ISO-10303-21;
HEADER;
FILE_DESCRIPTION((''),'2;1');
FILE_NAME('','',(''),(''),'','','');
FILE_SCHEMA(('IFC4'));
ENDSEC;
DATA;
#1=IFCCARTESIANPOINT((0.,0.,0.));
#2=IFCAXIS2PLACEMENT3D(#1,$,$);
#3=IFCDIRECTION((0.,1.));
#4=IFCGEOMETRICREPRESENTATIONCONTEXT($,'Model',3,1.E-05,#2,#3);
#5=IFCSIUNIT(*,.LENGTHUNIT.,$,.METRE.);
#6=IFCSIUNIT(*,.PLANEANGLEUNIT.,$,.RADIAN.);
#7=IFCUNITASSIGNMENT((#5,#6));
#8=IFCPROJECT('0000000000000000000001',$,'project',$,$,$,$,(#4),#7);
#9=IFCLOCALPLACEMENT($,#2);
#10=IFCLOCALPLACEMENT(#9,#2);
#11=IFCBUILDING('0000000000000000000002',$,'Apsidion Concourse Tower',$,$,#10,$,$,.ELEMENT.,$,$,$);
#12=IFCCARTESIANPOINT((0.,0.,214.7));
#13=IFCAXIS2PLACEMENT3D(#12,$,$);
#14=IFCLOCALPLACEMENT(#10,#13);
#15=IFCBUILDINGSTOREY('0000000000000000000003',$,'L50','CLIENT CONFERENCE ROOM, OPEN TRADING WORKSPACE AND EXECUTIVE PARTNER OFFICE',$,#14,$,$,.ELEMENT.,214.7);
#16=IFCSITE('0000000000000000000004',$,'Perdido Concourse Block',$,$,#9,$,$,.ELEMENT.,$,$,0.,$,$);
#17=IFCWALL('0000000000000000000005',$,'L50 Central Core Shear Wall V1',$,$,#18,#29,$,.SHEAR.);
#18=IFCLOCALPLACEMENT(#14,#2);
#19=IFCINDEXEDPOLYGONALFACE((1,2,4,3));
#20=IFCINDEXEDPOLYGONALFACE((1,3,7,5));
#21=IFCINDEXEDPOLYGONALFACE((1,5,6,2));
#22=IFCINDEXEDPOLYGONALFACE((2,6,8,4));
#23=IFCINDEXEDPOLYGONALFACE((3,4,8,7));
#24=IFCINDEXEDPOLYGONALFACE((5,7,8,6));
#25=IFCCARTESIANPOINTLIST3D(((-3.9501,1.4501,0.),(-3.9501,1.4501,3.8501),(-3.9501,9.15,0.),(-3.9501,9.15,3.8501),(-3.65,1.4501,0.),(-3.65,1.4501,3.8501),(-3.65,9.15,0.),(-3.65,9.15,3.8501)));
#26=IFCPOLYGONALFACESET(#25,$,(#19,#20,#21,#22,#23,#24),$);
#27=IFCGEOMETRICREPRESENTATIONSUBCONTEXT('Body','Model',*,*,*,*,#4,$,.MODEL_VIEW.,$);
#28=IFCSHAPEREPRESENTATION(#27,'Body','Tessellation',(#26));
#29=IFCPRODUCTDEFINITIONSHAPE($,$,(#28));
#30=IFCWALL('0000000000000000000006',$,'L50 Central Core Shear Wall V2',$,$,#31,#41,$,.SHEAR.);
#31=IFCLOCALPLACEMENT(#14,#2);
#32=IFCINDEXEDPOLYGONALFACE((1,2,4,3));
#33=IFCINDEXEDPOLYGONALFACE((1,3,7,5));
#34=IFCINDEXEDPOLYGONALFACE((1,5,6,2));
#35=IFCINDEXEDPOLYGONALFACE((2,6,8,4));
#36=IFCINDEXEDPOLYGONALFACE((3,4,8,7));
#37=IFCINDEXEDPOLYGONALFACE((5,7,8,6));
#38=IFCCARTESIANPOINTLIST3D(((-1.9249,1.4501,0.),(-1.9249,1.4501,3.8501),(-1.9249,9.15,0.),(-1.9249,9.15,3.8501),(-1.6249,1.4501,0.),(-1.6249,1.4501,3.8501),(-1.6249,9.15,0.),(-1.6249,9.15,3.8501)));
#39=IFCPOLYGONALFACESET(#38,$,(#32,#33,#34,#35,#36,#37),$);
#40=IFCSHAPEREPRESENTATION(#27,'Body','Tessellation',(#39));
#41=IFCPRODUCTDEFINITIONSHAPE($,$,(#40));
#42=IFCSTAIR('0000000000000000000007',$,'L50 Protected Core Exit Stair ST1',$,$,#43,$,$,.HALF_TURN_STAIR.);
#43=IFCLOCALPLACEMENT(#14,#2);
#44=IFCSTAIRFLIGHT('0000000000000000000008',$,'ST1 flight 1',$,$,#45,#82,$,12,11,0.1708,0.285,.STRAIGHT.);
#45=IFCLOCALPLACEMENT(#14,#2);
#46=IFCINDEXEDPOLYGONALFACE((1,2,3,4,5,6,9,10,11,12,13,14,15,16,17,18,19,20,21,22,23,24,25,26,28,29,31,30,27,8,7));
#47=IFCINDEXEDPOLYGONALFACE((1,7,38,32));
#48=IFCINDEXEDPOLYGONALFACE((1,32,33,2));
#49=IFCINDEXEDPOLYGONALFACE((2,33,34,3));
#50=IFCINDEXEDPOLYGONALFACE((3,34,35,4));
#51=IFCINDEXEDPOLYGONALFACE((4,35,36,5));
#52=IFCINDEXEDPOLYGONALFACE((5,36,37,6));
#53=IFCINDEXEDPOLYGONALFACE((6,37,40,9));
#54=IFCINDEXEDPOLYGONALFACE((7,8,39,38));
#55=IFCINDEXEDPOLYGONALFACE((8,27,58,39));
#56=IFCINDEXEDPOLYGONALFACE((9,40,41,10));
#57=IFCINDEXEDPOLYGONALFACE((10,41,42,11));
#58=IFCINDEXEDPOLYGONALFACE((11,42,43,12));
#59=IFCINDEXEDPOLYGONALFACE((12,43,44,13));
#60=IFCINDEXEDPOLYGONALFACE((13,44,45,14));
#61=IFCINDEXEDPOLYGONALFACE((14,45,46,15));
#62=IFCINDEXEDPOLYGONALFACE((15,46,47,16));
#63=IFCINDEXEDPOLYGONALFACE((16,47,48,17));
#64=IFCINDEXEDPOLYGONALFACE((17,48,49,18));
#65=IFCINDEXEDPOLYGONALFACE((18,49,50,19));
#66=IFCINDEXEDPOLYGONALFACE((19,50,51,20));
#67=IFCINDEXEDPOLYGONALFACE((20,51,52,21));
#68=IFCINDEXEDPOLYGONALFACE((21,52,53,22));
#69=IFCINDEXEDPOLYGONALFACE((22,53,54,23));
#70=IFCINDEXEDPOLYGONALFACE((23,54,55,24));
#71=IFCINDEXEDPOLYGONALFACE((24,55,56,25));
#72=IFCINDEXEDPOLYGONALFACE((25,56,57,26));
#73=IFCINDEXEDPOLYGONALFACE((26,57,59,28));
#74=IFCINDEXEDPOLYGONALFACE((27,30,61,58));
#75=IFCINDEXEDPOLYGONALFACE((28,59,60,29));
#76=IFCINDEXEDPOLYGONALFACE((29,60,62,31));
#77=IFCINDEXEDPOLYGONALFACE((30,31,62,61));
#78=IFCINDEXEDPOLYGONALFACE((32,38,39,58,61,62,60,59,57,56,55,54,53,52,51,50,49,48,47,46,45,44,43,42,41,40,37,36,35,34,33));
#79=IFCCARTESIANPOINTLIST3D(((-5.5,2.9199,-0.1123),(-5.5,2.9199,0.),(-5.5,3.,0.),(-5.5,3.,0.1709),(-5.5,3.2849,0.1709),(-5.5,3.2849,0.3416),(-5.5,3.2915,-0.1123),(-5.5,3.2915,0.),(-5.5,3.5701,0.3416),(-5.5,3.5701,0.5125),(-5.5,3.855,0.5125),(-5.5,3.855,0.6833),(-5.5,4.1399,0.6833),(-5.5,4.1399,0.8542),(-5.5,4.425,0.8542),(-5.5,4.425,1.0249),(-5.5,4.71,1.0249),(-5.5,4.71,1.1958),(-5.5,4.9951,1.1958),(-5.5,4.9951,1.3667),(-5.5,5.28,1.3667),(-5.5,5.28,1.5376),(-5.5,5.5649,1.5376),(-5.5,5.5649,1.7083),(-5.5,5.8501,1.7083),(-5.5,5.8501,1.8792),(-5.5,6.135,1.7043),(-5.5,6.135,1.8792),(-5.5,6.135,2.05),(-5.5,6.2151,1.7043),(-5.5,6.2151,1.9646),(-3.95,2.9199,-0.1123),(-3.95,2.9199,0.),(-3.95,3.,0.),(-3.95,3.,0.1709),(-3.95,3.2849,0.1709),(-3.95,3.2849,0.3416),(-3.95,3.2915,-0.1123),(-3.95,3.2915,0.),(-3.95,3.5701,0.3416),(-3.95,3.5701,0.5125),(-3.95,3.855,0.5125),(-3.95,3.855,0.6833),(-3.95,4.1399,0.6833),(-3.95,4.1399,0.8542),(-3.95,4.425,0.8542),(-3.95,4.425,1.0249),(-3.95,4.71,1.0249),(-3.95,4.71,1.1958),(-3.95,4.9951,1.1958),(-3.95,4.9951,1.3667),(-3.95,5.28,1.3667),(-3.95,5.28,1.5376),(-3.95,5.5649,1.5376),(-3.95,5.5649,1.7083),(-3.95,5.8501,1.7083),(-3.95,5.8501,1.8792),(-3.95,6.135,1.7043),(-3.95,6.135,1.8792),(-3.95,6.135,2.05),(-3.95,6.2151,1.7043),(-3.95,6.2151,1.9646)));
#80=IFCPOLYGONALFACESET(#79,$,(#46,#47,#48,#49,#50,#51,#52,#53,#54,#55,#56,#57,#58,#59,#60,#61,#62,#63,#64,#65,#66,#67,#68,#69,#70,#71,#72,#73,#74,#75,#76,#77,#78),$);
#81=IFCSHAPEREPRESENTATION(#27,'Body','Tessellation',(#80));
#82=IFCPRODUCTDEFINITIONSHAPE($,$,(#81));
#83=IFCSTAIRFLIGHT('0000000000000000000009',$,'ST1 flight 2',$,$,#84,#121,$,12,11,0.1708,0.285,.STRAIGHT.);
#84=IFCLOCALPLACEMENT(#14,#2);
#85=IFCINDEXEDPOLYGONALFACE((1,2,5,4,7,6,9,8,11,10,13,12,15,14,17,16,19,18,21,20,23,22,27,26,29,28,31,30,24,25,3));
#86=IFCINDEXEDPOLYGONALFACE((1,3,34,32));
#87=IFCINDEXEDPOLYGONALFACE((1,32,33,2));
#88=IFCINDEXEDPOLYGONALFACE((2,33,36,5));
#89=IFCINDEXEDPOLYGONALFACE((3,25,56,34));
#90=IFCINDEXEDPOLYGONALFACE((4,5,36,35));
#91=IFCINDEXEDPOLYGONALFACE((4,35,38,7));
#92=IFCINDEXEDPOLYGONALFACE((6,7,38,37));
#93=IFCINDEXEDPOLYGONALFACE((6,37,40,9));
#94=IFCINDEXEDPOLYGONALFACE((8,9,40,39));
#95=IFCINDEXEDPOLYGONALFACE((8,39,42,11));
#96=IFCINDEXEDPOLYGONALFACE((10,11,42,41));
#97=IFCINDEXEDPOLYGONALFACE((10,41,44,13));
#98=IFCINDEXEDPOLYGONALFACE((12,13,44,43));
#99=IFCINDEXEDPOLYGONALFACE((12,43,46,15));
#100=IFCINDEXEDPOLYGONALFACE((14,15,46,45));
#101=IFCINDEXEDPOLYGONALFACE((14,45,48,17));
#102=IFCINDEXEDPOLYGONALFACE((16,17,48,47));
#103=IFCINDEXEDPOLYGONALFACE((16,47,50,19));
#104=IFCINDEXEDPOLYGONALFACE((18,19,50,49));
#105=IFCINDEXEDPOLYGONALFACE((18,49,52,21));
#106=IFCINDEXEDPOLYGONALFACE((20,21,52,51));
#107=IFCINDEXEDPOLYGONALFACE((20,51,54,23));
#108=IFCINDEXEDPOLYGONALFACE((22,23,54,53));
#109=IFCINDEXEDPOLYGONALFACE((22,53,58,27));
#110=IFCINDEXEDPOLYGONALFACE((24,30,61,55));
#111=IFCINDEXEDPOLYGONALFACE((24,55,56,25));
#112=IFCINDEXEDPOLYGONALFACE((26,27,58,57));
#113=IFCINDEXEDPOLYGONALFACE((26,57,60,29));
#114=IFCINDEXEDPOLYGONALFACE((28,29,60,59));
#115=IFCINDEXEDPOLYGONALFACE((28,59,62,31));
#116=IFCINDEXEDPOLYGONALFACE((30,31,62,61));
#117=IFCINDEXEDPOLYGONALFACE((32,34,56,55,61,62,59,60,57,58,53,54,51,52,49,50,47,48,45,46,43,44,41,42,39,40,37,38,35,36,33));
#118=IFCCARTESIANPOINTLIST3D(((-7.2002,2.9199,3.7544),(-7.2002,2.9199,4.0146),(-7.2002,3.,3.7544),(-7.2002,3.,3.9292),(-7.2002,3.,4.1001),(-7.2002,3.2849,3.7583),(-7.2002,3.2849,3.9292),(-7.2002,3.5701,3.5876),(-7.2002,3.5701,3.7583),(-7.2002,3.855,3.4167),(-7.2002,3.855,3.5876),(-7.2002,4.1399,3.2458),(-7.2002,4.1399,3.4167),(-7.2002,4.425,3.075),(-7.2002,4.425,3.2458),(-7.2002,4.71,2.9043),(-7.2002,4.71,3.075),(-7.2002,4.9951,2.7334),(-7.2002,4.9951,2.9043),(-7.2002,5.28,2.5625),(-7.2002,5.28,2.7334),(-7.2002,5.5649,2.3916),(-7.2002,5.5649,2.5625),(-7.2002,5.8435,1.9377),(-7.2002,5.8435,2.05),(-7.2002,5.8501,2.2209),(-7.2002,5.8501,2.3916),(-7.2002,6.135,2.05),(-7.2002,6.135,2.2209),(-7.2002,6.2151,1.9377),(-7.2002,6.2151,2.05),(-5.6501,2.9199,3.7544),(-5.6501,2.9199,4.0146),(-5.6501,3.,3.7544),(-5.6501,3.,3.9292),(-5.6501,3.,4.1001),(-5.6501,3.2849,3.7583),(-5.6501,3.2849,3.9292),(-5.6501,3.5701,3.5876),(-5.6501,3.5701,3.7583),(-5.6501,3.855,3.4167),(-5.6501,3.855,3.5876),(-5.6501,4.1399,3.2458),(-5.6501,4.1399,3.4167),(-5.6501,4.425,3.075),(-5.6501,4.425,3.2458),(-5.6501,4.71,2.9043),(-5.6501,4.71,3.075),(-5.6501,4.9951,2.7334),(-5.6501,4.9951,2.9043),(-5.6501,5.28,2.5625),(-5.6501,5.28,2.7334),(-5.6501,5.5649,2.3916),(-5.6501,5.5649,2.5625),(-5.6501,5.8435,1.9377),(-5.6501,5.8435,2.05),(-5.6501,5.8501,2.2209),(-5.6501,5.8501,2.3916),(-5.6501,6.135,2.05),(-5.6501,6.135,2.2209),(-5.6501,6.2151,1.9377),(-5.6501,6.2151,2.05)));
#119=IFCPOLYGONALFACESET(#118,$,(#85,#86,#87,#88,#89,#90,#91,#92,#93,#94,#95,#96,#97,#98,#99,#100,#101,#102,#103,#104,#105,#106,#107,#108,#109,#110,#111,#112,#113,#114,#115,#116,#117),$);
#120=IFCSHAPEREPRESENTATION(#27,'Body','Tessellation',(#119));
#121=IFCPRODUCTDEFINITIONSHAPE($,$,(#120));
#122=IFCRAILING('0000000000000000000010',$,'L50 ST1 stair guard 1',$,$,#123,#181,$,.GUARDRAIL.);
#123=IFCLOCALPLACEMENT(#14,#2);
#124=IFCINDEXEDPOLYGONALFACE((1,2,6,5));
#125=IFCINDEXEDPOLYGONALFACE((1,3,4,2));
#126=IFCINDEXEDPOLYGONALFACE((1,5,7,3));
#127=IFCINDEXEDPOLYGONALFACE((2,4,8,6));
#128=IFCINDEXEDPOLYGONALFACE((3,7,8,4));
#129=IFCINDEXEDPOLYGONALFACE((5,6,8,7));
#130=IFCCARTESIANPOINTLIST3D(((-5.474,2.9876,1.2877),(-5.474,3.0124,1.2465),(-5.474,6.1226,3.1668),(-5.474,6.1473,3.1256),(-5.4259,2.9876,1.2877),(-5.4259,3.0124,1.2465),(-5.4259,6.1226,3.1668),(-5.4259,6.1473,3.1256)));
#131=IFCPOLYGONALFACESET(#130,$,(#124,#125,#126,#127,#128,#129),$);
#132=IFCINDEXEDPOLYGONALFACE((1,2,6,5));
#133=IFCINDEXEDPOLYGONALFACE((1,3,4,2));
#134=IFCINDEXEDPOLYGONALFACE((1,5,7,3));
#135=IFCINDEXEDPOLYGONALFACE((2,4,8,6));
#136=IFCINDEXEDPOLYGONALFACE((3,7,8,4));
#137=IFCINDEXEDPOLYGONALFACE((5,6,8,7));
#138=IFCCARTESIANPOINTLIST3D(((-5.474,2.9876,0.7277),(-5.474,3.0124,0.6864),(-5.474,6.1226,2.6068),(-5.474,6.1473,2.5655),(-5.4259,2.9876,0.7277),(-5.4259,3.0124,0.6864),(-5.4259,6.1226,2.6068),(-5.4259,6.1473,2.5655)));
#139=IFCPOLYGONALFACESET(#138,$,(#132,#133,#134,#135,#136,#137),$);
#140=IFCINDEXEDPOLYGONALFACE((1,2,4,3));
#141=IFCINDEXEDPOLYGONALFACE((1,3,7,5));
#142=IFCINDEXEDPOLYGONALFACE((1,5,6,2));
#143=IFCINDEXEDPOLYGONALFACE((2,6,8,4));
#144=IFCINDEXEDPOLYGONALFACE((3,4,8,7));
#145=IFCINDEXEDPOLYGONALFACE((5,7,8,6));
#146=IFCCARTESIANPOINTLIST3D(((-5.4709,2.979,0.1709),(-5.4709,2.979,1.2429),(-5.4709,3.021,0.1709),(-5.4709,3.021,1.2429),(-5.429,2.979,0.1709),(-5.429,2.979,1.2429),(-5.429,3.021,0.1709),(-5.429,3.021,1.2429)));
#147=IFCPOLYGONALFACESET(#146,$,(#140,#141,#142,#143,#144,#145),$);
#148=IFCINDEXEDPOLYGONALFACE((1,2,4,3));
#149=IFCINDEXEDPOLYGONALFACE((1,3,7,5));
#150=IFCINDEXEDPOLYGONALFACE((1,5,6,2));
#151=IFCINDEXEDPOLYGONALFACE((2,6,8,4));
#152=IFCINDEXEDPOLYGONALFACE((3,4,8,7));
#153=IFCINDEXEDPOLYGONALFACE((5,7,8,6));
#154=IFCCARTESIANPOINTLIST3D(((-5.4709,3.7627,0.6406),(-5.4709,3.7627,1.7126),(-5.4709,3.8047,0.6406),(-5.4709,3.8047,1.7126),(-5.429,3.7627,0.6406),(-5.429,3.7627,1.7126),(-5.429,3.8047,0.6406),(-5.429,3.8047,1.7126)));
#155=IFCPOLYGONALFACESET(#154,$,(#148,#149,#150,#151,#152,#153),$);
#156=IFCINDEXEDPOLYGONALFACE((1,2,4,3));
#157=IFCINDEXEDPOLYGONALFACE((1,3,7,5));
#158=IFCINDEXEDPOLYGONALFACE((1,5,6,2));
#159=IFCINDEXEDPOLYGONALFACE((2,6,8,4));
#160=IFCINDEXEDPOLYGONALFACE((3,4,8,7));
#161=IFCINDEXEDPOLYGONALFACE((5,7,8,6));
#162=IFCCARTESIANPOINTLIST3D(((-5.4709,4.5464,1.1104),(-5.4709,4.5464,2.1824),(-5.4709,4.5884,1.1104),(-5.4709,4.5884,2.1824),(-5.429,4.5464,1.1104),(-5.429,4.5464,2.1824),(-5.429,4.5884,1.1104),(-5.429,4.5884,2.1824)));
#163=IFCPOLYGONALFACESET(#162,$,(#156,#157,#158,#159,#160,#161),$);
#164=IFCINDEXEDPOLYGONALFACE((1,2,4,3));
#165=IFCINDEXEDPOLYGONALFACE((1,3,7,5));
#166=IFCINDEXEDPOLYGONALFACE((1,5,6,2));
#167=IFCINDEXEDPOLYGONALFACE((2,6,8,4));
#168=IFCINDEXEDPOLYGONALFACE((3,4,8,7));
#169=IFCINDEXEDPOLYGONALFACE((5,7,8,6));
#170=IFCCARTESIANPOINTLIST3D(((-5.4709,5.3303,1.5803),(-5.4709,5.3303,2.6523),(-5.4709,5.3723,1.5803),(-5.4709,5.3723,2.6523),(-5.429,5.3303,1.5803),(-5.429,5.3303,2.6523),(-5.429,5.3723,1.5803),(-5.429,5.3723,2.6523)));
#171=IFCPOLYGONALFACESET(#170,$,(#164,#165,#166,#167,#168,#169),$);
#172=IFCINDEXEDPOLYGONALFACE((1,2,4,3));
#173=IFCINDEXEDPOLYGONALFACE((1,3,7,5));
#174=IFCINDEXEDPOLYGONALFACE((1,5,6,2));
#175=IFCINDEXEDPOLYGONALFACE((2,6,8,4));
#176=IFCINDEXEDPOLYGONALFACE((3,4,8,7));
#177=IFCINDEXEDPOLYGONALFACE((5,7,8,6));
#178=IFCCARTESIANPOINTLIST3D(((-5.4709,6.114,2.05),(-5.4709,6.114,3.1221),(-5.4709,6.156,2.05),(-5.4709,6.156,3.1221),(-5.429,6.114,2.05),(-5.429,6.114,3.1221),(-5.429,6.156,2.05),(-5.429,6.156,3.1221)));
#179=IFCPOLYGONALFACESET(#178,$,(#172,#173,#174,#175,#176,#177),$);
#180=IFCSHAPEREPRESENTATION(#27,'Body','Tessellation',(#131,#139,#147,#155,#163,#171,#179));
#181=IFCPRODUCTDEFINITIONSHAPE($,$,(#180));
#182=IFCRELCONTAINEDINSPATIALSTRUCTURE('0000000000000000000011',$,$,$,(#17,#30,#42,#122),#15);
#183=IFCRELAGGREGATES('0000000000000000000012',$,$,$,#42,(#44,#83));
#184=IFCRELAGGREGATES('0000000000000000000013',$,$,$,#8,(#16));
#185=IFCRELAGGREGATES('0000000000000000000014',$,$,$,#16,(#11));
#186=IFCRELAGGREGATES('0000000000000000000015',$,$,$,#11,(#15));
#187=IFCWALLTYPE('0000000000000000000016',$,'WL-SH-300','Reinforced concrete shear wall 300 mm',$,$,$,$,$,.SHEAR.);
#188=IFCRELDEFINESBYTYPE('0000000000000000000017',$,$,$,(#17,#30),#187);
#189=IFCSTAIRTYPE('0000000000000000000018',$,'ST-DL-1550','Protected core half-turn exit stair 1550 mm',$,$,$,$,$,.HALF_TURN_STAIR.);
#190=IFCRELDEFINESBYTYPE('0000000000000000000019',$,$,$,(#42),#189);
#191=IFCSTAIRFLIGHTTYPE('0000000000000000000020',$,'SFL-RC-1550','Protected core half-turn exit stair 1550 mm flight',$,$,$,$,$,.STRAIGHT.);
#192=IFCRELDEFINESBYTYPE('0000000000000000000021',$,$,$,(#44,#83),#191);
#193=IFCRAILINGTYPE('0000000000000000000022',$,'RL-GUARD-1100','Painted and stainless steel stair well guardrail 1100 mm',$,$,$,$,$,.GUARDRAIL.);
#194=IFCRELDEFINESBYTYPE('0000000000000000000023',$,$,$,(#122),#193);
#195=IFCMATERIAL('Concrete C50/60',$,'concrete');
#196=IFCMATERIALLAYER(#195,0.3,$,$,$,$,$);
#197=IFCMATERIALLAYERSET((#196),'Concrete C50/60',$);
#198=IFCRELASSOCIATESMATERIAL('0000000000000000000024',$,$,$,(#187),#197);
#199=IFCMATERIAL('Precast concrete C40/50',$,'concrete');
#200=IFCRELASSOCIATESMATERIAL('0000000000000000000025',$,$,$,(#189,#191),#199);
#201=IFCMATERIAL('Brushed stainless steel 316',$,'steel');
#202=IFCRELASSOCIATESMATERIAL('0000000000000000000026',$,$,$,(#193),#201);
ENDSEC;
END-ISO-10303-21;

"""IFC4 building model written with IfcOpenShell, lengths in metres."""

from ifc_helpers import new_model, si_unit, direction, frame, frame_2d, origin, origin_2d, place, context, subcontext, project, spatial, polyline, rectangle, outline, extrude, material, layer, layer_set, type_object, element, aggregate, save


model = new_model("IFC4")

# Units and contexts
model_context = context("Model", 3, precision=1e-05, world=origin(), true_north=direction((0.0, 1.0)))
body_context = subcontext(model_context, "Body", "Model", "MODEL_VIEW")
ifc_project = project(units=[si_unit("LENGTHUNIT", "METRE"), si_unit("PLANEANGLEUNIT", "RADIAN")], contexts=[model_context])

# Site, building, storey
site_placement = place(None, origin())
site = spatial("IfcSite", under=ifc_project, at=site_placement, Name="Perdido Concourse Block", CompositionType="ELEMENT", RefElevation=0.0)
building_placement = place(site_placement, origin())
building = spatial("IfcBuilding", under=site, at=building_placement, Name="Apsidion Concourse Tower", CompositionType="ELEMENT")
storey_placement = place(building_placement, frame((0.0, 0.0, 214.7)))
storey = spatial("IfcBuildingStorey", under=building, at=storey_placement, Name="L50", Description="CLIENT CONFERENCE ROOM, OPEN TRADING WORKSPACE AND EXECUTIVE PARTNER OFFICE", CompositionType="ELEMENT", Elevation=214.7)

# Shared definitions
ifc_material_1 = material(Name="Concrete C50/60", Category="concrete")

# Walls
ifc_layer_1 = layer(ifc_material_1, 0.3)
ifc_layer_set_1 = layer_set([ifc_layer_1], Name="Concrete C50/60")
wall_type_1 = type_object("IfcWallType", Name="WL-SH-300", Description="Reinforced concrete shear wall 300 mm", PredefinedType="SHEAR", material=ifc_layer_set_1)
for number, where, z_axis, x_axis, name in (
    (1, (-3.8, 1.45, 0.0), (0.0, 0.0, 1.0), (0.0, 1.0, 0.0), "L50 Central Core Shear Wall V1"),
    (2, (-1.7749, 1.45, 0.0), (0.0, 0.0, 1.0), (0.0, 1.0, 0.0), "L50 Central Core Shear Wall V2"),
):
    element("IfcWall", number, at=place(storey_placement, frame(where, z_axis=z_axis, x_axis=x_axis)), inside=storey, type_object=wall_type_1, Name=name, PredefinedType="SHEAR", context=body_context, shape_type="SweptSolid", body=[
        extrude(rectangle(XDim=7.7, YDim=0.3, at=frame_2d((3.8501, 0.0))), origin(), (0.0, 0.0, 1.0), 3.8501),
    ])

# Shared definitions
ifc_material_2 = material(Name="Brushed stainless steel 316", Category="steel")

# Stair, stair flights
ifc_material_3 = material(Name="Precast concrete C40/50", Category="concrete")
stair_type = type_object("IfcStairType", Name="ST-DL-1550", Description="Protected core half-turn exit stair 1550 mm", PredefinedType="HALF_TURN_STAIR", material=ifc_material_3)
stair_placement = place(storey_placement, origin())
stair = element("IfcStair", 3, at=stair_placement, inside=storey, type_object=stair_type, Name="L50 Protected Core Exit Stair ST1", PredefinedType="HALF_TURN_STAIR")
stair_flight_type = type_object("IfcStairFlightType", Name="SFL-RC-1550", Description="Protected core half-turn exit stair 1550 mm flight", PredefinedType="STRAIGHT", material=ifc_material_3)
stair_flight_1_placement = place(storey_placement, frame((-4.7251, 3.0, 0.0), z_axis=(0.0, 0.0, 1.0), x_axis=(0.0, 1.0, 0.0)))
stair_flight_1 = element("IfcStairFlight", 4, at=stair_flight_1_placement, type_object=stair_flight_type, Name="ST1 flight 1", NumberOfRisers=12, NumberOfTreads=11, PredefinedType="STRAIGHT", RiserHeight=0.1708, TreadLength=0.285, context=body_context, shape_type="SweptSolid", body=[
    extrude(outline(polyline([(-0.0801, -0.1123), (-0.0801, 0.0), (0.0, 0.0), (0.0, 0.1709), (0.2849, 0.1709), (0.2849, 0.3416), (0.5701, 0.3416), (0.5701, 0.5125), (0.855, 0.5125), (0.855, 0.6833), (1.1399, 0.6833), (1.1399, 0.8542), (1.425, 0.8542), (1.425, 1.0249), (1.71, 1.0249), (1.71, 1.1958), (1.9951, 1.1958), (1.9951, 1.3667), (2.28, 1.3667), (2.28, 1.5376), (2.5649, 1.5376), (2.5649, 1.7083), (2.8501, 1.7083), (2.8501, 1.8792), (3.135, 1.8792), (3.135, 2.05), (3.2151, 1.9646), (3.2151, 1.7043), (3.135, 1.7043), (0.2915, 0.0), (0.2915, -0.1123), (-0.0801, -0.1123)])), frame((0.0, 0.7749, 0.0), z_axis=(0.0, -1.0, 0.0), x_axis=(1.0, 0.0, 0.0)), (0.0, 0.0, 1.0), 1.55),
])
stair_flight_2_placement = place(storey_placement, frame((-6.425, 6.135, 2.05), z_axis=(0.0, 0.0, 1.0), x_axis=(0.0, -1.0, 0.0)))
stair_flight_2 = element("IfcStairFlight", 5, at=stair_flight_2_placement, type_object=stair_flight_type, Name="ST1 flight 2", NumberOfRisers=12, NumberOfTreads=11, PredefinedType="STRAIGHT", RiserHeight=0.1708, TreadLength=0.285, context=body_context, shape_type="SweptSolid", body=[
    extrude(outline(polyline([(-0.0801, -0.1123), (-0.0801, 0.0), (0.0, 0.0), (0.0, 0.1709), (0.2849, 0.1709), (0.2849, 0.3416), (0.5701, 0.3416), (0.5701, 0.5125), (0.855, 0.5125), (0.855, 0.6833), (1.1399, 0.6833), (1.1399, 0.8542), (1.425, 0.8542), (1.425, 1.0249), (1.71, 1.0249), (1.71, 1.1958), (1.9951, 1.1958), (1.9951, 1.3667), (2.28, 1.3667), (2.28, 1.5376), (2.5649, 1.5376), (2.5649, 1.7083), (2.8501, 1.7083), (2.8501, 1.8792), (3.135, 1.8792), (3.135, 2.05), (3.2151, 1.9646), (3.2151, 1.7043), (3.135, 1.7043), (0.2915, 0.0), (0.2915, -0.1123), (-0.0801, -0.1123)])), frame((0.0, 0.7749, 0.0), z_axis=(0.0, -1.0, 0.0), x_axis=(1.0, 0.0, 0.0)), (0.0, 0.0, 1.0), 1.55),
])
aggregate(stair, [stair_flight_1, stair_flight_2])

# Railing
railing_type_1 = type_object("IfcRailingType", Name="RL-GUARD-1100", Description="Painted and stainless steel stair well guardrail 1100 mm", PredefinedType="GUARDRAIL", material=ifc_material_2)
railing_1_placement = place(storey_placement, frame((-5.45, 3.0, 0.1709)))
element("IfcRailing", 6, at=railing_1_placement, inside=storey, type_object=railing_type_1, Name="L50 ST1 stair guard 1", PredefinedType="GUARDRAIL", context=body_context, shape_type="SweptSolid", body=[
    extrude(rectangle(XDim=0.0481, YDim=0.0481, at=origin_2d()), frame((0.0, 0.0, 1.0962), z_axis=(0.0, 0.857717, 0.514122), x_axis=(-1.0, 0.0, 0.0)), (0.0, 0.0, 1.0), 3.655),
    extrude(rectangle(XDim=0.0481, YDim=0.0481, at=origin_2d()), frame((0.0, 0.0, 0.5361), z_axis=(0.0, 0.857717, 0.514122), x_axis=(-1.0, 0.0, 0.0)), (0.0, 0.0, 1.0), 3.655),
    extrude(rectangle(XDim=0.042, YDim=0.042, at=origin_2d()), origin(), (0.0, 0.0, 1.0), 1.072),
    extrude(rectangle(XDim=0.042, YDim=0.042, at=origin_2d()), frame((0.0, 0.7837, 0.4697)), (0.0, 0.0, 1.0), 1.072),
    extrude(rectangle(XDim=0.042, YDim=0.042, at=origin_2d()), frame((0.0, 1.5674, 0.9395)), (0.0, 0.0, 1.0), 1.072),
    extrude(rectangle(XDim=0.042, YDim=0.042, at=origin_2d()), frame((0.0, 2.3513, 1.4094)), (0.0, 0.0, 1.0), 1.072),
    extrude(rectangle(XDim=0.042, YDim=0.042, at=origin_2d()), frame((0.0, 3.135, 1.8792)), (0.0, 0.0, 1.0), 1.072),
])

save(model, "model.ifc")
